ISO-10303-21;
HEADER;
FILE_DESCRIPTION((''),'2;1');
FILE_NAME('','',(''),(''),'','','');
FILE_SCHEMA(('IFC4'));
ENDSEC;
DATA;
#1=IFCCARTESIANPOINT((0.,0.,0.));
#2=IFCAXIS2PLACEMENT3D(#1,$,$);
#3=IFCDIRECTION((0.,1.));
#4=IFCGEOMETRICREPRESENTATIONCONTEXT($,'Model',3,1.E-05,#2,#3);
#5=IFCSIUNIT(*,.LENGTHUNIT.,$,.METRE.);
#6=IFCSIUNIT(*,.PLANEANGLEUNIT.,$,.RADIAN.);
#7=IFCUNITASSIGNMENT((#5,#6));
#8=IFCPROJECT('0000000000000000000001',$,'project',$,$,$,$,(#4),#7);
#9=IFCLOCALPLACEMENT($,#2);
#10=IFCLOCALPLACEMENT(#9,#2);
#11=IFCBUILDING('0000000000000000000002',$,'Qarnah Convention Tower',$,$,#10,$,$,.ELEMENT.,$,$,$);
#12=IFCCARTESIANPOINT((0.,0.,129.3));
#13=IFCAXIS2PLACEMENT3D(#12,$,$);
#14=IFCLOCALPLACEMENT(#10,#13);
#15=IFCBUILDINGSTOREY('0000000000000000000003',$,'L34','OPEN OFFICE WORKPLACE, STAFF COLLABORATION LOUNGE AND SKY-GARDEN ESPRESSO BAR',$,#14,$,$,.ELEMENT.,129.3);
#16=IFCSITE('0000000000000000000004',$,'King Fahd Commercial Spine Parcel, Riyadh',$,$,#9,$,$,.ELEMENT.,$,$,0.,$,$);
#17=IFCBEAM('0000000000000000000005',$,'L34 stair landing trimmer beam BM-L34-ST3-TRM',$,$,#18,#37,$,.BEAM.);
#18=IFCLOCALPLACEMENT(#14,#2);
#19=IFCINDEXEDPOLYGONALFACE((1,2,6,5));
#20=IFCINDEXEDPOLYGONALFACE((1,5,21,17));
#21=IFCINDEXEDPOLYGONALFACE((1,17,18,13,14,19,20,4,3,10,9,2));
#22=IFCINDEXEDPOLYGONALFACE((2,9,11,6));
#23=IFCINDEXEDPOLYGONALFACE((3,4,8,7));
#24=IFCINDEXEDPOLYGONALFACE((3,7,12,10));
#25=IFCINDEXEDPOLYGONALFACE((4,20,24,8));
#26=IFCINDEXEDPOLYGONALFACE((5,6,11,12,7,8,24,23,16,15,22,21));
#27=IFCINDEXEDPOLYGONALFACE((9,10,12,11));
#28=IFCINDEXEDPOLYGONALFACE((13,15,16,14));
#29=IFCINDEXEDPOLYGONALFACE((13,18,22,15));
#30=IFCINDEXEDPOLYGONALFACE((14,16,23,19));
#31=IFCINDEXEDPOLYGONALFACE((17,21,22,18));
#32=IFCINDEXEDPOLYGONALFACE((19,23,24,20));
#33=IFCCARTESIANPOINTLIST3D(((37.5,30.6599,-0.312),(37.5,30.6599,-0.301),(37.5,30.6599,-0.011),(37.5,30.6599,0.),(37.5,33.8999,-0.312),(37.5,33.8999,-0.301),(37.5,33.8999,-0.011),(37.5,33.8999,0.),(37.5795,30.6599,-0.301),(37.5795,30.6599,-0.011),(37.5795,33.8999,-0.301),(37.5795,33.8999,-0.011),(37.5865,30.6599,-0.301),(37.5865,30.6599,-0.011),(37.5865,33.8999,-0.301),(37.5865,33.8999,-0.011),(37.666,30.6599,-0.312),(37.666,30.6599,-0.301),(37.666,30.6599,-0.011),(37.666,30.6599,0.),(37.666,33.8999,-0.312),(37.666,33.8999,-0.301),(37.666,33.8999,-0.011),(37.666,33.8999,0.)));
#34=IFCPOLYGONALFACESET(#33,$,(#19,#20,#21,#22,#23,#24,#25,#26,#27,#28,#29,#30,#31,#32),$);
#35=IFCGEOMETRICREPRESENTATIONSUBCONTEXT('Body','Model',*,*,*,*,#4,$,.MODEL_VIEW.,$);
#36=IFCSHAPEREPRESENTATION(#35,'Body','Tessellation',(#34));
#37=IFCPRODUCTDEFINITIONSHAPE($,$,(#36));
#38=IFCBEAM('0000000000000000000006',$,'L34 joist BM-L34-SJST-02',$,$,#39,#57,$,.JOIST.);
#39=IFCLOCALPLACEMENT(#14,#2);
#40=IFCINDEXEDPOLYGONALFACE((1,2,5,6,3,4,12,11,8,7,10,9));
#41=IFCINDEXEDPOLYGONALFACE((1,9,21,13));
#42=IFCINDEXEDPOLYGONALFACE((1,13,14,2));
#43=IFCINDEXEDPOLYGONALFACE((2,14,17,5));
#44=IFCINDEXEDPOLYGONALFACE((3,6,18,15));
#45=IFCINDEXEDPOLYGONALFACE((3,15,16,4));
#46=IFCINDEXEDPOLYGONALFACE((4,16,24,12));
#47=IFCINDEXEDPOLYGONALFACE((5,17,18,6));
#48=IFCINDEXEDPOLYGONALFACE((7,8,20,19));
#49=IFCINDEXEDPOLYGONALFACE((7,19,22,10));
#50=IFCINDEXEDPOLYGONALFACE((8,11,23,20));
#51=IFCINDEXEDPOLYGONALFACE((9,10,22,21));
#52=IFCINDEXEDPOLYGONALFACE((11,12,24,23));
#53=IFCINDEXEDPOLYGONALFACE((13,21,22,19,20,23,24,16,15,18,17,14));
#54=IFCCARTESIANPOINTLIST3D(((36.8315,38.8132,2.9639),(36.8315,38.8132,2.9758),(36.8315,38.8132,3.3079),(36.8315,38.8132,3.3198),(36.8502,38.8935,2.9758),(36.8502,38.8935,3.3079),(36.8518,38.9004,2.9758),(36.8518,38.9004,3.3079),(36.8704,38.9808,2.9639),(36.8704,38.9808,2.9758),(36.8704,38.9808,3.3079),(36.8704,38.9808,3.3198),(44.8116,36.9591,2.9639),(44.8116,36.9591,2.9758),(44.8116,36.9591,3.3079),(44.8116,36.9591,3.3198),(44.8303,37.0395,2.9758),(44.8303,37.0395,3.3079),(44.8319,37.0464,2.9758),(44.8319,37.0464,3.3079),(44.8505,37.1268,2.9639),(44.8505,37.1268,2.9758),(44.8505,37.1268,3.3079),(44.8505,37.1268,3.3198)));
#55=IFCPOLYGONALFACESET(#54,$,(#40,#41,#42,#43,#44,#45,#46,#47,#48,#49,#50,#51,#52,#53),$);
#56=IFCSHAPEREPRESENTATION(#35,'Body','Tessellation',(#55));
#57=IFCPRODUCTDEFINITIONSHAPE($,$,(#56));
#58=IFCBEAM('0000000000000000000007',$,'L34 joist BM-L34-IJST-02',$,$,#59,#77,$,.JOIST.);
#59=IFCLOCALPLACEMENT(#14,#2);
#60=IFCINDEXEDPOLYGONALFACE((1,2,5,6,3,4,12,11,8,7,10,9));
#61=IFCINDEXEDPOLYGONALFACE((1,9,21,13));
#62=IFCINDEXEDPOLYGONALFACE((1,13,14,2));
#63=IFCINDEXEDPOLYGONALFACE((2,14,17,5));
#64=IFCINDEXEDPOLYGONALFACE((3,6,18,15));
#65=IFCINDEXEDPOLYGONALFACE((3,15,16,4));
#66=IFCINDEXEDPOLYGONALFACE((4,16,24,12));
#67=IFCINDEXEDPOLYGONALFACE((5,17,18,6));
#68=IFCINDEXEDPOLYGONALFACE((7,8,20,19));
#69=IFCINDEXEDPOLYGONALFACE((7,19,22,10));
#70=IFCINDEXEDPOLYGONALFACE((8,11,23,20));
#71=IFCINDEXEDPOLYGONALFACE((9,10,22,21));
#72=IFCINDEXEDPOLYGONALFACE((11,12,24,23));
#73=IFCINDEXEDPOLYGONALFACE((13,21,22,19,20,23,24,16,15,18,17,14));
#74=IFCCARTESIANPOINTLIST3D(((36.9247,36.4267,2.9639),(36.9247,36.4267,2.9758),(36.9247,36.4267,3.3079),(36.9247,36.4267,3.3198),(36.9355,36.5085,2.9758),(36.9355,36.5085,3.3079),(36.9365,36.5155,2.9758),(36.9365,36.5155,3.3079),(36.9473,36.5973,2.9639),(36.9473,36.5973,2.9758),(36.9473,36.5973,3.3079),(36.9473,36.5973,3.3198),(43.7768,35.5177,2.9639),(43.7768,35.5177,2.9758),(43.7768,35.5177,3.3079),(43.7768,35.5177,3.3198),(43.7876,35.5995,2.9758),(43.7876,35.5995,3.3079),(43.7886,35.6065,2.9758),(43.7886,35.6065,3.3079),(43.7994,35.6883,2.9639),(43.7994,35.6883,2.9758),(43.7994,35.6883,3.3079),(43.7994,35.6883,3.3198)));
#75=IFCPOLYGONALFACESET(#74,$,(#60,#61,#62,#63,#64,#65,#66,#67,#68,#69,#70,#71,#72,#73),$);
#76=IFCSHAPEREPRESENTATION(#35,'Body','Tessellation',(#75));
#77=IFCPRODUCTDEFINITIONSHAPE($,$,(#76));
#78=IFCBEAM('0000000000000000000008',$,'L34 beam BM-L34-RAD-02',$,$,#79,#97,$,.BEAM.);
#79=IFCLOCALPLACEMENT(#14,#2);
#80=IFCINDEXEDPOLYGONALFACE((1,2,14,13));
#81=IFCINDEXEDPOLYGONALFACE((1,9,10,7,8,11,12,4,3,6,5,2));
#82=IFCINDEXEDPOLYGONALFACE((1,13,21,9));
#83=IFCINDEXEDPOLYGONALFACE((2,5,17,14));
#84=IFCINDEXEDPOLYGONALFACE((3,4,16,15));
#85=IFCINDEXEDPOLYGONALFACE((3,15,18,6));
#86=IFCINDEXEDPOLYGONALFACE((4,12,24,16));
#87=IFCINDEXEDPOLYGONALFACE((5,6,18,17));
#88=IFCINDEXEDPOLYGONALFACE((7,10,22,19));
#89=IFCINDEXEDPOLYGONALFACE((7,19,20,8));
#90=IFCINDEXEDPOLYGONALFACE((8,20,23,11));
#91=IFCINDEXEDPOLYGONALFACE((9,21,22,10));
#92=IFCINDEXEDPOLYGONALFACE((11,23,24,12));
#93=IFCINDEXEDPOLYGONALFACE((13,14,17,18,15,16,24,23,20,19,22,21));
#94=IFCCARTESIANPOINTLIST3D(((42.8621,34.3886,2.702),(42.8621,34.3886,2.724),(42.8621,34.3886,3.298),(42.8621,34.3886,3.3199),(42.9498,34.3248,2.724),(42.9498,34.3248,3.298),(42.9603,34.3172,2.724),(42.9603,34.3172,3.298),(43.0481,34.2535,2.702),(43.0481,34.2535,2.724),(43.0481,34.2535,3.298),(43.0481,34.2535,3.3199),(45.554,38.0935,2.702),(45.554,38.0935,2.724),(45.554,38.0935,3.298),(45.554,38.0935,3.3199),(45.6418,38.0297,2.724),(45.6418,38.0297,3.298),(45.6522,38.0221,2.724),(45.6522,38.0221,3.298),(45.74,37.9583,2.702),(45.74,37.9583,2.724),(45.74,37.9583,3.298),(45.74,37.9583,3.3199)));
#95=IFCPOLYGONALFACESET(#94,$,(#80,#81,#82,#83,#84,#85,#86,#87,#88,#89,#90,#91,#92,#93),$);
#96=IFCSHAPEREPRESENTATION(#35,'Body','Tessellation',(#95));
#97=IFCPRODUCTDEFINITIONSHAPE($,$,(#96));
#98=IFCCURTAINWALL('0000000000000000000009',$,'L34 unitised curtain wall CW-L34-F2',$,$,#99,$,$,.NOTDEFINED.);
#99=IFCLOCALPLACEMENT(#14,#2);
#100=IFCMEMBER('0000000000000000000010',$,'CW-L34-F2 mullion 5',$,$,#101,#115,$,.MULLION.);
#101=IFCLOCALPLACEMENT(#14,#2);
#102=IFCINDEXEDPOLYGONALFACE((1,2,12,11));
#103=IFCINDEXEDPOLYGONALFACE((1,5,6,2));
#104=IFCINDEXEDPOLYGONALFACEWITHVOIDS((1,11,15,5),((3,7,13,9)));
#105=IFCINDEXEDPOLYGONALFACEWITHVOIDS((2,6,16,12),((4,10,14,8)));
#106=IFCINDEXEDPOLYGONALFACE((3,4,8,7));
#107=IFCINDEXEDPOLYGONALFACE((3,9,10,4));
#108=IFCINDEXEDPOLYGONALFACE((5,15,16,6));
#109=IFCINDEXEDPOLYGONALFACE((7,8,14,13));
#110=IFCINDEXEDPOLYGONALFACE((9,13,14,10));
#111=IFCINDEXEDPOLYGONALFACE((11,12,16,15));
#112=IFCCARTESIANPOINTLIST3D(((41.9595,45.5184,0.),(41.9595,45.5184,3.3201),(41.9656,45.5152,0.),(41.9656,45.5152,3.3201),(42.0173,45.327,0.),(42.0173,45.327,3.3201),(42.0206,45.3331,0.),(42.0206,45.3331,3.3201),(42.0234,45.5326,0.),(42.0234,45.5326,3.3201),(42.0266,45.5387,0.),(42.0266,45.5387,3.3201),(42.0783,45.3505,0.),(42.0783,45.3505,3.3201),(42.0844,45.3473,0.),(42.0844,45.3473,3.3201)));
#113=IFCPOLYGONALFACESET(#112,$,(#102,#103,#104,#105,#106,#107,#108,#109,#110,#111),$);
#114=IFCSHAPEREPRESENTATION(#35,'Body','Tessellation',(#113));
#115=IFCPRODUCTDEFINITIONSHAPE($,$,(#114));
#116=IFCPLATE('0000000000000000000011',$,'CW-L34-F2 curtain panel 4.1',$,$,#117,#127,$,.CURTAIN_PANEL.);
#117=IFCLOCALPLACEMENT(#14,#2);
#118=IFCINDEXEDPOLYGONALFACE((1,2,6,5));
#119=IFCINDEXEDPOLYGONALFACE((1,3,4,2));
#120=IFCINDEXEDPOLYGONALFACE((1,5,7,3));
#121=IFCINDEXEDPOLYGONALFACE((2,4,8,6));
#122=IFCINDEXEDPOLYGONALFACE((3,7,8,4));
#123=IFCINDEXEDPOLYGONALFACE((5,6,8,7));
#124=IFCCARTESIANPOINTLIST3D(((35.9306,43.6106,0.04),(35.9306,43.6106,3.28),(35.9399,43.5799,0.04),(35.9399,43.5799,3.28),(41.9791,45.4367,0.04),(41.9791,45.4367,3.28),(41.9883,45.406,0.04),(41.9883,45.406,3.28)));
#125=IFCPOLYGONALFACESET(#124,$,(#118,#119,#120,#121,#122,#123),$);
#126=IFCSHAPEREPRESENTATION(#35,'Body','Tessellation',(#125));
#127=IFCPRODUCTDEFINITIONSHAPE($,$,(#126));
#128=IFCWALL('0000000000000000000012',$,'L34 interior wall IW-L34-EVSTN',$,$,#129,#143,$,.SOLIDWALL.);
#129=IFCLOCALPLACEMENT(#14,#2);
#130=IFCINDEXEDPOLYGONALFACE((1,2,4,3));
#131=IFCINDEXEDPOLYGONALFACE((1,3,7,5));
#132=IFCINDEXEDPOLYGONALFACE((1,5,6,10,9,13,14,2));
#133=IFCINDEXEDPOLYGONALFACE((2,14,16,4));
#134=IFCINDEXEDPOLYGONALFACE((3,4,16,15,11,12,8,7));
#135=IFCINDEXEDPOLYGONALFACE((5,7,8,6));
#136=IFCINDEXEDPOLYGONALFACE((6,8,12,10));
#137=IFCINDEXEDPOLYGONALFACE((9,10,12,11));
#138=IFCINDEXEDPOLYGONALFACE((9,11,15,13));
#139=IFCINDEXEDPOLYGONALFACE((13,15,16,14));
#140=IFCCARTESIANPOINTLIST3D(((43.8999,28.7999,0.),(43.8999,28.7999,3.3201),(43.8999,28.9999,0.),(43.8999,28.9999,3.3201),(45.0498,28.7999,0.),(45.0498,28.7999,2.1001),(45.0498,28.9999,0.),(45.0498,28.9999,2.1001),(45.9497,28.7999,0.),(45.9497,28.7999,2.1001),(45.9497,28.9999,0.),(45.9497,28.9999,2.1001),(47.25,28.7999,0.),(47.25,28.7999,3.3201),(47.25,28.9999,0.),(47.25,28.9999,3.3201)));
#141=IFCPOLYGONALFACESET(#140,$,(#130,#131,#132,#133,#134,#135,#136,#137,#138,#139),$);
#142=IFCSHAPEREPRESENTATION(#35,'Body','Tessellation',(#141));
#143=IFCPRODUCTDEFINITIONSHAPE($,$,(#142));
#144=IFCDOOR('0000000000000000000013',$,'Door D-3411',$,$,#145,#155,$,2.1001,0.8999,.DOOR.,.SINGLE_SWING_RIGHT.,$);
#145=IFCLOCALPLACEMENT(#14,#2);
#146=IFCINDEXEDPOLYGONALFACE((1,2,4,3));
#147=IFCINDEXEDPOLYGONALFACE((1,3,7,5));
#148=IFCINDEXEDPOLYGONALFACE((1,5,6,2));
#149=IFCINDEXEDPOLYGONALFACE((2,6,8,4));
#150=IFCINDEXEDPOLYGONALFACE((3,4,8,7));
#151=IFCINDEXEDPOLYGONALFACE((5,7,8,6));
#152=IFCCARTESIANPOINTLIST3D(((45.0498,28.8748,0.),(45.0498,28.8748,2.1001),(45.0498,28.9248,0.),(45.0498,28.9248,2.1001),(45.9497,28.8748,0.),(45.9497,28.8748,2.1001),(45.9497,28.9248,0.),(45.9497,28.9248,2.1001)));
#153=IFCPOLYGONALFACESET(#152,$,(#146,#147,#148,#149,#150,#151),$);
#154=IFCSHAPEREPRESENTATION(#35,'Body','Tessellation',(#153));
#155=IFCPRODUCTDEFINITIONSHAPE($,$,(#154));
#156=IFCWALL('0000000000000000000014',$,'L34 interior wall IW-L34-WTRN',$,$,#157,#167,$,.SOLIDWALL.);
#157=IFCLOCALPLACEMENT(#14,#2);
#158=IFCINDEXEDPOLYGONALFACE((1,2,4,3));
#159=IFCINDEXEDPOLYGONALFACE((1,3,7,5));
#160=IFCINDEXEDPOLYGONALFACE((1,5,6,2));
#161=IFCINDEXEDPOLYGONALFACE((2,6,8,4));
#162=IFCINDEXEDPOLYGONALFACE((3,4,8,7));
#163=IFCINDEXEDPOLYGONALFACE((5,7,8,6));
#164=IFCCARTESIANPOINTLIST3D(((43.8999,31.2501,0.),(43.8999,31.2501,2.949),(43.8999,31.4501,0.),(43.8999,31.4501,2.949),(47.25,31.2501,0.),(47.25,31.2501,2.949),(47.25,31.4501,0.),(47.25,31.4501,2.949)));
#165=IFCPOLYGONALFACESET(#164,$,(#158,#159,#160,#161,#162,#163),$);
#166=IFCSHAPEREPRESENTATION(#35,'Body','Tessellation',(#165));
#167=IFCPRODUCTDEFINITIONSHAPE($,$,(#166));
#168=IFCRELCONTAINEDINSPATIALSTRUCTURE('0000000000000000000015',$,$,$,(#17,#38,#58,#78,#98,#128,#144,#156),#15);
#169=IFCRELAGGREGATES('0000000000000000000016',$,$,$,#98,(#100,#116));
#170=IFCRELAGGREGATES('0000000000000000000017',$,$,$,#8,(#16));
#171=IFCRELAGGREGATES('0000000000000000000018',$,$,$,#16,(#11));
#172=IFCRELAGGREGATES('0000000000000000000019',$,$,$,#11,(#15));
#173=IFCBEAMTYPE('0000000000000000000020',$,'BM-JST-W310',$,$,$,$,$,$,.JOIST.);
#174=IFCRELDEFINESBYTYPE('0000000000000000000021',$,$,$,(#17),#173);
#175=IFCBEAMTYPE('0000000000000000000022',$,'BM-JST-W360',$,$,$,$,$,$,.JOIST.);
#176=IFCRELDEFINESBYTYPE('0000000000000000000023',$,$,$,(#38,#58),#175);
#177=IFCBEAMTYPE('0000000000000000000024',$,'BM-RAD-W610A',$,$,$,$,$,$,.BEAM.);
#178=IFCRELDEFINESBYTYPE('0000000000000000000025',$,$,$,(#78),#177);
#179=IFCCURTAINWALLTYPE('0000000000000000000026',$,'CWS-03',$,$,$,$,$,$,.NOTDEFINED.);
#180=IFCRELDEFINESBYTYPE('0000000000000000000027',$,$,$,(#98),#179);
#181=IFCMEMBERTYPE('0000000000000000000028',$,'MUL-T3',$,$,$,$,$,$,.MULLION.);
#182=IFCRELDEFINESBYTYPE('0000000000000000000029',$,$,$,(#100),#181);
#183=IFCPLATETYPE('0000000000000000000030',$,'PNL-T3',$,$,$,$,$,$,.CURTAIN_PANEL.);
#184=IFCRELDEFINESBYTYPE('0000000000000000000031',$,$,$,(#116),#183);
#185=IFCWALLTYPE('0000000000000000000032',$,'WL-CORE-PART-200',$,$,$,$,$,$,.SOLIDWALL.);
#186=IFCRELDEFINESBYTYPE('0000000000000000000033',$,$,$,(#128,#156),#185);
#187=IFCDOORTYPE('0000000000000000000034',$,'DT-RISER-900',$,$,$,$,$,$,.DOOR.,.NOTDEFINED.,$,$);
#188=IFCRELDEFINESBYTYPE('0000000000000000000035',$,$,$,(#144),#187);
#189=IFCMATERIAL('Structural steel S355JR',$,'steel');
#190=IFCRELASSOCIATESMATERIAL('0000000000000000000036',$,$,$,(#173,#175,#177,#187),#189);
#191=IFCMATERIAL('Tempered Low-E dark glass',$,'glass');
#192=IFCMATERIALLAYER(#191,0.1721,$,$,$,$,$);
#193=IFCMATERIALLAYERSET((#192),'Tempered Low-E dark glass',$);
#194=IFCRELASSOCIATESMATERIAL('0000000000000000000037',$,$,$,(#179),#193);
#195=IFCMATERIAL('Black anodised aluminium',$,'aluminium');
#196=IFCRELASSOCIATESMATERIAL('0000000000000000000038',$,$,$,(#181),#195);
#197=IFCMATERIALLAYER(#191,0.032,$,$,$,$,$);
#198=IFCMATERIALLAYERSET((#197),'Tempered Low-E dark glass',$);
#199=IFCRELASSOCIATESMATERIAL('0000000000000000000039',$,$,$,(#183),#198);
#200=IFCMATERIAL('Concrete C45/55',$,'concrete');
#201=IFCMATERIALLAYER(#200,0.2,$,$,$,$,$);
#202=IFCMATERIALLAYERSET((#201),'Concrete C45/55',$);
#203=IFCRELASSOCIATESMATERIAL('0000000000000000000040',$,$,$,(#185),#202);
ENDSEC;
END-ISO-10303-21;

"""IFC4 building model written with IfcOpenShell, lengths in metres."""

from ifc_helpers import new_model, si_unit, direction, frame, frame_2d, origin, origin_2d, place, context, subcontext, project, spatial, rectangle, hollow_rectangle, i_section, extrude, material, layer, layer_set, material_profile, profile_set, type_object, element, fill, aggregate, save


model = new_model("IFC4")

# Units and contexts
model_context = context("Model", 3, precision=1e-05, world=origin(), true_north=direction((0.0, 1.0)))
body_context = subcontext(model_context, "Body", "Model", "MODEL_VIEW")
ifc_project = project(units=[si_unit("LENGTHUNIT", "METRE"), si_unit("PLANEANGLEUNIT", "RADIAN")], contexts=[model_context])

# Site, building, storey
site_placement = place(None, origin())
site = spatial("IfcSite", under=ifc_project, at=site_placement, Name="King Fahd Commercial Spine Parcel, Riyadh", CompositionType="ELEMENT", RefElevation=0.0)
building_placement = place(site_placement, origin())
building = spatial("IfcBuilding", under=site, at=building_placement, Name="Qarnah Convention Tower", CompositionType="ELEMENT")
storey_placement = place(building_placement, frame((0.0, 0.0, 129.3)))
storey = spatial("IfcBuildingStorey", under=building, at=storey_placement, Name="L34", Description="OPEN OFFICE WORKPLACE, STAFF COLLABORATION LOUNGE AND SKY-GARDEN ESPRESSO BAR", CompositionType="ELEMENT", Elevation=129.3)

# Beams
ifc_material_1 = material(Name="Structural steel S355JR", Category="steel")
ifc_material_profile_1 = material_profile(ifc_material_1, i_section(OverallWidth=0.166, OverallDepth=0.312, WebThickness=0.0071, FlangeThickness=0.011, at=origin_2d()), Name="W310X45")
ifc_profile_set_1 = profile_set([ifc_material_profile_1], Name="Structural steel S355JR")
beam_type_1 = type_object("IfcBeamType", Name="BM-JST-W310", PredefinedType="JOIST", material=ifc_profile_set_1)
beam_1_placement = place(storey_placement, frame((37.583, 30.6599, -0.156), z_axis=(0.0, 1.0, 0.0), x_axis=(-1.0, 0.0, 0.0)))
element("IfcBeam", 1, at=beam_1_placement, inside=storey, type_object=beam_type_1, Name="L34 stair landing trimmer beam BM-L34-ST3-TRM", PredefinedType="BEAM", context=body_context, shape_type="SweptSolid", body=[
    extrude(i_section(OverallWidth=0.166, OverallDepth=0.312, WebThickness=0.0071, FlangeThickness=0.011, at=origin_2d()), origin(), (0.0, 0.0, 1.0), 3.24),
])
ifc_material_profile_2 = material_profile(ifc_material_1, i_section(OverallWidth=0.1721, OverallDepth=0.356, WebThickness=0.0071, FlangeThickness=0.012, at=origin_2d()), Name="W360X51")
ifc_profile_set_2 = profile_set([ifc_material_profile_2], Name="Structural steel S355JR")
beam_type_2 = type_object("IfcBeamType", Name="BM-JST-W360", PredefinedType="JOIST", material=ifc_profile_set_2)
beam_2_placement = place(storey_placement, frame((44.8311, 37.043, 3.1418), z_axis=(-0.974057, 0.226304, 0.0), x_axis=(-0.226304, -0.974057, 0.0)))
element("IfcBeam", 2, at=beam_2_placement, inside=storey, type_object=beam_type_2, Name="L34 joist BM-L34-SJST-02", PredefinedType="JOIST", context=body_context, shape_type="SweptSolid", body=[
    extrude(i_section(OverallWidth=0.1721, OverallDepth=0.356, WebThickness=0.0071, FlangeThickness=0.012, at=origin_2d()), origin(), (0.0, 0.0, 1.0), 8.1926),
])
beam_3_placement = place(storey_placement, frame((43.7881, 35.603, 3.1418), z_axis=(-0.991316, 0.1315, 0.0), x_axis=(-0.1315, -0.991316, 0.0)))
element("IfcBeam", 3, at=beam_3_placement, inside=storey, type_object=beam_type_2, Name="L34 joist BM-L34-IJST-02", PredefinedType="JOIST", context=body_context, shape_type="SweptSolid", body=[
    extrude(i_section(OverallWidth=0.1721, OverallDepth=0.356, WebThickness=0.0071, FlangeThickness=0.012, at=origin_2d()), origin(), (0.0, 0.0, 1.0), 6.9121),
])
ifc_material_profile_3 = material_profile(ifc_material_1, i_section(OverallWidth=0.23, OverallDepth=0.6179, WebThickness=0.0129, FlangeThickness=0.022, at=origin_2d()), Name="W610X140")
ifc_profile_set_3 = profile_set([ifc_material_profile_3], Name="Structural steel S355JR")
beam_type_3 = type_object("IfcBeamType", Name="BM-RAD-W610A", PredefinedType="BEAM", material=ifc_profile_set_3)
beam_4_placement = place(storey_placement, frame((42.9551, 34.321, 3.011), z_axis=(0.58781, 0.808999, 0.0), x_axis=(-0.808999, 0.58781, 0.0)))
element("IfcBeam", 4, at=beam_4_placement, inside=storey, type_object=beam_type_3, Name="L34 beam BM-L34-RAD-02", PredefinedType="BEAM", context=body_context, shape_type="SweptSolid", body=[
    extrude(i_section(OverallWidth=0.23, OverallDepth=0.6179, WebThickness=0.0129, FlangeThickness=0.022, at=origin_2d()), origin(), (0.0, 0.0, 1.0), 4.5796),
])

# Curtain wall, member, plate
ifc_material_2 = material(Name="Tempered Low-E dark glass", Category="glass")
ifc_layer_1 = layer(ifc_material_2, 0.1721)
ifc_layer_set_1 = layer_set([ifc_layer_1], Name="Tempered Low-E dark glass")
curtain_wall_type = type_object("IfcCurtainWallType", Name="CWS-03", PredefinedType="NOTDEFINED", material=ifc_layer_set_1)
curtain_wall_placement = place(storey_placement, origin())
curtain_wall = element("IfcCurtainWall", 5, at=curtain_wall_placement, inside=storey, type_object=curtain_wall_type, Name="L34 unitised curtain wall CW-L34-F2", PredefinedType="NOTDEFINED")
ifc_material_3 = material(Name="Black anodised aluminium", Category="aluminium")
ifc_material_profile_4 = material_profile(ifc_material_3, hollow_rectangle(XDim=0.0701, YDim=0.2, WallThickness=0.0049, at=origin_2d()), Name="MUL-70X200")
ifc_profile_set_4 = profile_set([ifc_material_profile_4], Name="Black anodised aluminium")
member_type = type_object("IfcMemberType", Name="MUL-T3", PredefinedType="MULLION", material=ifc_profile_set_4)
member_placement = place(storey_placement, frame((42.022, 45.4329, 0.0), z_axis=(0.0, 0.0, 1.0), x_axis=(0.957322, 0.289025, 0.0)))
member = element("IfcMember", 6, at=member_placement, type_object=member_type, Name="CW-L34-F2 mullion 5", PredefinedType="MULLION", context=body_context, shape_type="SweptSolid", body=[
    extrude(hollow_rectangle(XDim=0.0701, YDim=0.2, WallThickness=0.0049, at=origin_2d()), origin(), (0.0, 0.0, 1.0), 3.3201),
])
ifc_layer_2 = layer(ifc_material_2, 0.032)
ifc_layer_set_2 = layer_set([ifc_layer_2], Name="Tempered Low-E dark glass")
plate_type = type_object("IfcPlateType", Name="PNL-T3", PredefinedType="CURTAIN_PANEL", material=ifc_layer_set_2)
plate_placement = place(storey_placement, frame((38.9595, 44.5083, 0.04), z_axis=(0.0, 0.0, 1.0), x_axis=(0.957322, 0.289025, 0.0)))
plate = element("IfcPlate", 7, at=plate_placement, type_object=plate_type, Name="CW-L34-F2 curtain panel 4.1", PredefinedType="CURTAIN_PANEL", context=body_context, shape_type="SweptSolid", body=[
    extrude(rectangle(XDim=6.3181, YDim=0.032, at=origin_2d()), origin(), (0.0, 0.0, 1.0), 3.24),
])
aggregate(curtain_wall, [member, plate])

# Wall, opening, door
ifc_material_4 = material(Name="Concrete C45/55", Category="concrete")
ifc_layer_3 = layer(ifc_material_4, 0.2)
ifc_layer_set_3 = layer_set([ifc_layer_3], Name="Concrete C45/55")
wall_type_1 = type_object("IfcWallType", Name="WL-CORE-PART-200", PredefinedType="SOLIDWALL", material=ifc_layer_set_3)
wall_1_placement = place(storey_placement, frame((43.8999, 28.8999, 0.0), z_axis=(0.0, 0.0, 1.0), x_axis=(1.0, 0.0, 0.0)))
wall_1 = element("IfcWall", 8, at=wall_1_placement, inside=storey, type_object=wall_type_1, Name="L34 interior wall IW-L34-EVSTN", PredefinedType="SOLIDWALL", context=body_context, shape_type="SweptSolid", body=[
    extrude(rectangle(XDim=3.3501, YDim=0.2, at=frame_2d((1.675, 0.0))), origin(), (0.0, 0.0, 1.0), 3.3201),
])
opening_1_placement = place(wall_1_placement, frame((1.1499, 0.0, 0.0)))
opening_1 = element("IfcOpeningElement", 9, at=opening_1_placement, cuts=wall_1, PredefinedType="OPENING", context=body_context, shape_type="SweptSolid", body=[
    extrude(rectangle(XDim=0.8999, YDim=2.1001, at=frame_2d((0.45, 1.05))), frame((0.0, 0.1099, 0.0), z_axis=(0.0, -1.0, 0.0), x_axis=(1.0, 0.0, 0.0)), (0.0, 0.0, 1.0), 0.22),
])
door_type_1 = type_object("IfcDoorType", Name="DT-RISER-900", OperationType="NOTDEFINED", PredefinedType="DOOR", material=ifc_material_1)
door_1_placement = place(opening_1_placement, origin())
door_1 = element("IfcDoor", 10, at=door_1_placement, inside=storey, type_object=door_type_1, Name="Door D-3411", OperationType="SINGLE_SWING_RIGHT", OverallHeight=2.1001, OverallWidth=0.8999, PredefinedType="DOOR", context=body_context, shape_type="SweptSolid", body=[
    extrude(rectangle(XDim=0.8999, YDim=2.1001, at=frame_2d((0.45, 1.05))), frame((0.0, 0.0249, 0.0), z_axis=(0.0, -1.0, 0.0), x_axis=(1.0, 0.0, 0.0)), (0.0, 0.0, 1.0), 0.05),
])
fill(opening_1, door_1)

# Wall
wall_2_placement = place(storey_placement, frame((43.8999, 31.3501, 0.0), z_axis=(0.0, 0.0, 1.0), x_axis=(1.0, 0.0, 0.0)))
element("IfcWall", 11, at=wall_2_placement, inside=storey, type_object=wall_type_1, Name="L34 interior wall IW-L34-WTRN", PredefinedType="SOLIDWALL", context=body_context, shape_type="SweptSolid", body=[
    extrude(rectangle(XDim=3.3501, YDim=0.2, at=frame_2d((1.675, 0.0))), origin(), (0.0, 0.0, 1.0), 2.949),
])

save(model, "model.ifc")
